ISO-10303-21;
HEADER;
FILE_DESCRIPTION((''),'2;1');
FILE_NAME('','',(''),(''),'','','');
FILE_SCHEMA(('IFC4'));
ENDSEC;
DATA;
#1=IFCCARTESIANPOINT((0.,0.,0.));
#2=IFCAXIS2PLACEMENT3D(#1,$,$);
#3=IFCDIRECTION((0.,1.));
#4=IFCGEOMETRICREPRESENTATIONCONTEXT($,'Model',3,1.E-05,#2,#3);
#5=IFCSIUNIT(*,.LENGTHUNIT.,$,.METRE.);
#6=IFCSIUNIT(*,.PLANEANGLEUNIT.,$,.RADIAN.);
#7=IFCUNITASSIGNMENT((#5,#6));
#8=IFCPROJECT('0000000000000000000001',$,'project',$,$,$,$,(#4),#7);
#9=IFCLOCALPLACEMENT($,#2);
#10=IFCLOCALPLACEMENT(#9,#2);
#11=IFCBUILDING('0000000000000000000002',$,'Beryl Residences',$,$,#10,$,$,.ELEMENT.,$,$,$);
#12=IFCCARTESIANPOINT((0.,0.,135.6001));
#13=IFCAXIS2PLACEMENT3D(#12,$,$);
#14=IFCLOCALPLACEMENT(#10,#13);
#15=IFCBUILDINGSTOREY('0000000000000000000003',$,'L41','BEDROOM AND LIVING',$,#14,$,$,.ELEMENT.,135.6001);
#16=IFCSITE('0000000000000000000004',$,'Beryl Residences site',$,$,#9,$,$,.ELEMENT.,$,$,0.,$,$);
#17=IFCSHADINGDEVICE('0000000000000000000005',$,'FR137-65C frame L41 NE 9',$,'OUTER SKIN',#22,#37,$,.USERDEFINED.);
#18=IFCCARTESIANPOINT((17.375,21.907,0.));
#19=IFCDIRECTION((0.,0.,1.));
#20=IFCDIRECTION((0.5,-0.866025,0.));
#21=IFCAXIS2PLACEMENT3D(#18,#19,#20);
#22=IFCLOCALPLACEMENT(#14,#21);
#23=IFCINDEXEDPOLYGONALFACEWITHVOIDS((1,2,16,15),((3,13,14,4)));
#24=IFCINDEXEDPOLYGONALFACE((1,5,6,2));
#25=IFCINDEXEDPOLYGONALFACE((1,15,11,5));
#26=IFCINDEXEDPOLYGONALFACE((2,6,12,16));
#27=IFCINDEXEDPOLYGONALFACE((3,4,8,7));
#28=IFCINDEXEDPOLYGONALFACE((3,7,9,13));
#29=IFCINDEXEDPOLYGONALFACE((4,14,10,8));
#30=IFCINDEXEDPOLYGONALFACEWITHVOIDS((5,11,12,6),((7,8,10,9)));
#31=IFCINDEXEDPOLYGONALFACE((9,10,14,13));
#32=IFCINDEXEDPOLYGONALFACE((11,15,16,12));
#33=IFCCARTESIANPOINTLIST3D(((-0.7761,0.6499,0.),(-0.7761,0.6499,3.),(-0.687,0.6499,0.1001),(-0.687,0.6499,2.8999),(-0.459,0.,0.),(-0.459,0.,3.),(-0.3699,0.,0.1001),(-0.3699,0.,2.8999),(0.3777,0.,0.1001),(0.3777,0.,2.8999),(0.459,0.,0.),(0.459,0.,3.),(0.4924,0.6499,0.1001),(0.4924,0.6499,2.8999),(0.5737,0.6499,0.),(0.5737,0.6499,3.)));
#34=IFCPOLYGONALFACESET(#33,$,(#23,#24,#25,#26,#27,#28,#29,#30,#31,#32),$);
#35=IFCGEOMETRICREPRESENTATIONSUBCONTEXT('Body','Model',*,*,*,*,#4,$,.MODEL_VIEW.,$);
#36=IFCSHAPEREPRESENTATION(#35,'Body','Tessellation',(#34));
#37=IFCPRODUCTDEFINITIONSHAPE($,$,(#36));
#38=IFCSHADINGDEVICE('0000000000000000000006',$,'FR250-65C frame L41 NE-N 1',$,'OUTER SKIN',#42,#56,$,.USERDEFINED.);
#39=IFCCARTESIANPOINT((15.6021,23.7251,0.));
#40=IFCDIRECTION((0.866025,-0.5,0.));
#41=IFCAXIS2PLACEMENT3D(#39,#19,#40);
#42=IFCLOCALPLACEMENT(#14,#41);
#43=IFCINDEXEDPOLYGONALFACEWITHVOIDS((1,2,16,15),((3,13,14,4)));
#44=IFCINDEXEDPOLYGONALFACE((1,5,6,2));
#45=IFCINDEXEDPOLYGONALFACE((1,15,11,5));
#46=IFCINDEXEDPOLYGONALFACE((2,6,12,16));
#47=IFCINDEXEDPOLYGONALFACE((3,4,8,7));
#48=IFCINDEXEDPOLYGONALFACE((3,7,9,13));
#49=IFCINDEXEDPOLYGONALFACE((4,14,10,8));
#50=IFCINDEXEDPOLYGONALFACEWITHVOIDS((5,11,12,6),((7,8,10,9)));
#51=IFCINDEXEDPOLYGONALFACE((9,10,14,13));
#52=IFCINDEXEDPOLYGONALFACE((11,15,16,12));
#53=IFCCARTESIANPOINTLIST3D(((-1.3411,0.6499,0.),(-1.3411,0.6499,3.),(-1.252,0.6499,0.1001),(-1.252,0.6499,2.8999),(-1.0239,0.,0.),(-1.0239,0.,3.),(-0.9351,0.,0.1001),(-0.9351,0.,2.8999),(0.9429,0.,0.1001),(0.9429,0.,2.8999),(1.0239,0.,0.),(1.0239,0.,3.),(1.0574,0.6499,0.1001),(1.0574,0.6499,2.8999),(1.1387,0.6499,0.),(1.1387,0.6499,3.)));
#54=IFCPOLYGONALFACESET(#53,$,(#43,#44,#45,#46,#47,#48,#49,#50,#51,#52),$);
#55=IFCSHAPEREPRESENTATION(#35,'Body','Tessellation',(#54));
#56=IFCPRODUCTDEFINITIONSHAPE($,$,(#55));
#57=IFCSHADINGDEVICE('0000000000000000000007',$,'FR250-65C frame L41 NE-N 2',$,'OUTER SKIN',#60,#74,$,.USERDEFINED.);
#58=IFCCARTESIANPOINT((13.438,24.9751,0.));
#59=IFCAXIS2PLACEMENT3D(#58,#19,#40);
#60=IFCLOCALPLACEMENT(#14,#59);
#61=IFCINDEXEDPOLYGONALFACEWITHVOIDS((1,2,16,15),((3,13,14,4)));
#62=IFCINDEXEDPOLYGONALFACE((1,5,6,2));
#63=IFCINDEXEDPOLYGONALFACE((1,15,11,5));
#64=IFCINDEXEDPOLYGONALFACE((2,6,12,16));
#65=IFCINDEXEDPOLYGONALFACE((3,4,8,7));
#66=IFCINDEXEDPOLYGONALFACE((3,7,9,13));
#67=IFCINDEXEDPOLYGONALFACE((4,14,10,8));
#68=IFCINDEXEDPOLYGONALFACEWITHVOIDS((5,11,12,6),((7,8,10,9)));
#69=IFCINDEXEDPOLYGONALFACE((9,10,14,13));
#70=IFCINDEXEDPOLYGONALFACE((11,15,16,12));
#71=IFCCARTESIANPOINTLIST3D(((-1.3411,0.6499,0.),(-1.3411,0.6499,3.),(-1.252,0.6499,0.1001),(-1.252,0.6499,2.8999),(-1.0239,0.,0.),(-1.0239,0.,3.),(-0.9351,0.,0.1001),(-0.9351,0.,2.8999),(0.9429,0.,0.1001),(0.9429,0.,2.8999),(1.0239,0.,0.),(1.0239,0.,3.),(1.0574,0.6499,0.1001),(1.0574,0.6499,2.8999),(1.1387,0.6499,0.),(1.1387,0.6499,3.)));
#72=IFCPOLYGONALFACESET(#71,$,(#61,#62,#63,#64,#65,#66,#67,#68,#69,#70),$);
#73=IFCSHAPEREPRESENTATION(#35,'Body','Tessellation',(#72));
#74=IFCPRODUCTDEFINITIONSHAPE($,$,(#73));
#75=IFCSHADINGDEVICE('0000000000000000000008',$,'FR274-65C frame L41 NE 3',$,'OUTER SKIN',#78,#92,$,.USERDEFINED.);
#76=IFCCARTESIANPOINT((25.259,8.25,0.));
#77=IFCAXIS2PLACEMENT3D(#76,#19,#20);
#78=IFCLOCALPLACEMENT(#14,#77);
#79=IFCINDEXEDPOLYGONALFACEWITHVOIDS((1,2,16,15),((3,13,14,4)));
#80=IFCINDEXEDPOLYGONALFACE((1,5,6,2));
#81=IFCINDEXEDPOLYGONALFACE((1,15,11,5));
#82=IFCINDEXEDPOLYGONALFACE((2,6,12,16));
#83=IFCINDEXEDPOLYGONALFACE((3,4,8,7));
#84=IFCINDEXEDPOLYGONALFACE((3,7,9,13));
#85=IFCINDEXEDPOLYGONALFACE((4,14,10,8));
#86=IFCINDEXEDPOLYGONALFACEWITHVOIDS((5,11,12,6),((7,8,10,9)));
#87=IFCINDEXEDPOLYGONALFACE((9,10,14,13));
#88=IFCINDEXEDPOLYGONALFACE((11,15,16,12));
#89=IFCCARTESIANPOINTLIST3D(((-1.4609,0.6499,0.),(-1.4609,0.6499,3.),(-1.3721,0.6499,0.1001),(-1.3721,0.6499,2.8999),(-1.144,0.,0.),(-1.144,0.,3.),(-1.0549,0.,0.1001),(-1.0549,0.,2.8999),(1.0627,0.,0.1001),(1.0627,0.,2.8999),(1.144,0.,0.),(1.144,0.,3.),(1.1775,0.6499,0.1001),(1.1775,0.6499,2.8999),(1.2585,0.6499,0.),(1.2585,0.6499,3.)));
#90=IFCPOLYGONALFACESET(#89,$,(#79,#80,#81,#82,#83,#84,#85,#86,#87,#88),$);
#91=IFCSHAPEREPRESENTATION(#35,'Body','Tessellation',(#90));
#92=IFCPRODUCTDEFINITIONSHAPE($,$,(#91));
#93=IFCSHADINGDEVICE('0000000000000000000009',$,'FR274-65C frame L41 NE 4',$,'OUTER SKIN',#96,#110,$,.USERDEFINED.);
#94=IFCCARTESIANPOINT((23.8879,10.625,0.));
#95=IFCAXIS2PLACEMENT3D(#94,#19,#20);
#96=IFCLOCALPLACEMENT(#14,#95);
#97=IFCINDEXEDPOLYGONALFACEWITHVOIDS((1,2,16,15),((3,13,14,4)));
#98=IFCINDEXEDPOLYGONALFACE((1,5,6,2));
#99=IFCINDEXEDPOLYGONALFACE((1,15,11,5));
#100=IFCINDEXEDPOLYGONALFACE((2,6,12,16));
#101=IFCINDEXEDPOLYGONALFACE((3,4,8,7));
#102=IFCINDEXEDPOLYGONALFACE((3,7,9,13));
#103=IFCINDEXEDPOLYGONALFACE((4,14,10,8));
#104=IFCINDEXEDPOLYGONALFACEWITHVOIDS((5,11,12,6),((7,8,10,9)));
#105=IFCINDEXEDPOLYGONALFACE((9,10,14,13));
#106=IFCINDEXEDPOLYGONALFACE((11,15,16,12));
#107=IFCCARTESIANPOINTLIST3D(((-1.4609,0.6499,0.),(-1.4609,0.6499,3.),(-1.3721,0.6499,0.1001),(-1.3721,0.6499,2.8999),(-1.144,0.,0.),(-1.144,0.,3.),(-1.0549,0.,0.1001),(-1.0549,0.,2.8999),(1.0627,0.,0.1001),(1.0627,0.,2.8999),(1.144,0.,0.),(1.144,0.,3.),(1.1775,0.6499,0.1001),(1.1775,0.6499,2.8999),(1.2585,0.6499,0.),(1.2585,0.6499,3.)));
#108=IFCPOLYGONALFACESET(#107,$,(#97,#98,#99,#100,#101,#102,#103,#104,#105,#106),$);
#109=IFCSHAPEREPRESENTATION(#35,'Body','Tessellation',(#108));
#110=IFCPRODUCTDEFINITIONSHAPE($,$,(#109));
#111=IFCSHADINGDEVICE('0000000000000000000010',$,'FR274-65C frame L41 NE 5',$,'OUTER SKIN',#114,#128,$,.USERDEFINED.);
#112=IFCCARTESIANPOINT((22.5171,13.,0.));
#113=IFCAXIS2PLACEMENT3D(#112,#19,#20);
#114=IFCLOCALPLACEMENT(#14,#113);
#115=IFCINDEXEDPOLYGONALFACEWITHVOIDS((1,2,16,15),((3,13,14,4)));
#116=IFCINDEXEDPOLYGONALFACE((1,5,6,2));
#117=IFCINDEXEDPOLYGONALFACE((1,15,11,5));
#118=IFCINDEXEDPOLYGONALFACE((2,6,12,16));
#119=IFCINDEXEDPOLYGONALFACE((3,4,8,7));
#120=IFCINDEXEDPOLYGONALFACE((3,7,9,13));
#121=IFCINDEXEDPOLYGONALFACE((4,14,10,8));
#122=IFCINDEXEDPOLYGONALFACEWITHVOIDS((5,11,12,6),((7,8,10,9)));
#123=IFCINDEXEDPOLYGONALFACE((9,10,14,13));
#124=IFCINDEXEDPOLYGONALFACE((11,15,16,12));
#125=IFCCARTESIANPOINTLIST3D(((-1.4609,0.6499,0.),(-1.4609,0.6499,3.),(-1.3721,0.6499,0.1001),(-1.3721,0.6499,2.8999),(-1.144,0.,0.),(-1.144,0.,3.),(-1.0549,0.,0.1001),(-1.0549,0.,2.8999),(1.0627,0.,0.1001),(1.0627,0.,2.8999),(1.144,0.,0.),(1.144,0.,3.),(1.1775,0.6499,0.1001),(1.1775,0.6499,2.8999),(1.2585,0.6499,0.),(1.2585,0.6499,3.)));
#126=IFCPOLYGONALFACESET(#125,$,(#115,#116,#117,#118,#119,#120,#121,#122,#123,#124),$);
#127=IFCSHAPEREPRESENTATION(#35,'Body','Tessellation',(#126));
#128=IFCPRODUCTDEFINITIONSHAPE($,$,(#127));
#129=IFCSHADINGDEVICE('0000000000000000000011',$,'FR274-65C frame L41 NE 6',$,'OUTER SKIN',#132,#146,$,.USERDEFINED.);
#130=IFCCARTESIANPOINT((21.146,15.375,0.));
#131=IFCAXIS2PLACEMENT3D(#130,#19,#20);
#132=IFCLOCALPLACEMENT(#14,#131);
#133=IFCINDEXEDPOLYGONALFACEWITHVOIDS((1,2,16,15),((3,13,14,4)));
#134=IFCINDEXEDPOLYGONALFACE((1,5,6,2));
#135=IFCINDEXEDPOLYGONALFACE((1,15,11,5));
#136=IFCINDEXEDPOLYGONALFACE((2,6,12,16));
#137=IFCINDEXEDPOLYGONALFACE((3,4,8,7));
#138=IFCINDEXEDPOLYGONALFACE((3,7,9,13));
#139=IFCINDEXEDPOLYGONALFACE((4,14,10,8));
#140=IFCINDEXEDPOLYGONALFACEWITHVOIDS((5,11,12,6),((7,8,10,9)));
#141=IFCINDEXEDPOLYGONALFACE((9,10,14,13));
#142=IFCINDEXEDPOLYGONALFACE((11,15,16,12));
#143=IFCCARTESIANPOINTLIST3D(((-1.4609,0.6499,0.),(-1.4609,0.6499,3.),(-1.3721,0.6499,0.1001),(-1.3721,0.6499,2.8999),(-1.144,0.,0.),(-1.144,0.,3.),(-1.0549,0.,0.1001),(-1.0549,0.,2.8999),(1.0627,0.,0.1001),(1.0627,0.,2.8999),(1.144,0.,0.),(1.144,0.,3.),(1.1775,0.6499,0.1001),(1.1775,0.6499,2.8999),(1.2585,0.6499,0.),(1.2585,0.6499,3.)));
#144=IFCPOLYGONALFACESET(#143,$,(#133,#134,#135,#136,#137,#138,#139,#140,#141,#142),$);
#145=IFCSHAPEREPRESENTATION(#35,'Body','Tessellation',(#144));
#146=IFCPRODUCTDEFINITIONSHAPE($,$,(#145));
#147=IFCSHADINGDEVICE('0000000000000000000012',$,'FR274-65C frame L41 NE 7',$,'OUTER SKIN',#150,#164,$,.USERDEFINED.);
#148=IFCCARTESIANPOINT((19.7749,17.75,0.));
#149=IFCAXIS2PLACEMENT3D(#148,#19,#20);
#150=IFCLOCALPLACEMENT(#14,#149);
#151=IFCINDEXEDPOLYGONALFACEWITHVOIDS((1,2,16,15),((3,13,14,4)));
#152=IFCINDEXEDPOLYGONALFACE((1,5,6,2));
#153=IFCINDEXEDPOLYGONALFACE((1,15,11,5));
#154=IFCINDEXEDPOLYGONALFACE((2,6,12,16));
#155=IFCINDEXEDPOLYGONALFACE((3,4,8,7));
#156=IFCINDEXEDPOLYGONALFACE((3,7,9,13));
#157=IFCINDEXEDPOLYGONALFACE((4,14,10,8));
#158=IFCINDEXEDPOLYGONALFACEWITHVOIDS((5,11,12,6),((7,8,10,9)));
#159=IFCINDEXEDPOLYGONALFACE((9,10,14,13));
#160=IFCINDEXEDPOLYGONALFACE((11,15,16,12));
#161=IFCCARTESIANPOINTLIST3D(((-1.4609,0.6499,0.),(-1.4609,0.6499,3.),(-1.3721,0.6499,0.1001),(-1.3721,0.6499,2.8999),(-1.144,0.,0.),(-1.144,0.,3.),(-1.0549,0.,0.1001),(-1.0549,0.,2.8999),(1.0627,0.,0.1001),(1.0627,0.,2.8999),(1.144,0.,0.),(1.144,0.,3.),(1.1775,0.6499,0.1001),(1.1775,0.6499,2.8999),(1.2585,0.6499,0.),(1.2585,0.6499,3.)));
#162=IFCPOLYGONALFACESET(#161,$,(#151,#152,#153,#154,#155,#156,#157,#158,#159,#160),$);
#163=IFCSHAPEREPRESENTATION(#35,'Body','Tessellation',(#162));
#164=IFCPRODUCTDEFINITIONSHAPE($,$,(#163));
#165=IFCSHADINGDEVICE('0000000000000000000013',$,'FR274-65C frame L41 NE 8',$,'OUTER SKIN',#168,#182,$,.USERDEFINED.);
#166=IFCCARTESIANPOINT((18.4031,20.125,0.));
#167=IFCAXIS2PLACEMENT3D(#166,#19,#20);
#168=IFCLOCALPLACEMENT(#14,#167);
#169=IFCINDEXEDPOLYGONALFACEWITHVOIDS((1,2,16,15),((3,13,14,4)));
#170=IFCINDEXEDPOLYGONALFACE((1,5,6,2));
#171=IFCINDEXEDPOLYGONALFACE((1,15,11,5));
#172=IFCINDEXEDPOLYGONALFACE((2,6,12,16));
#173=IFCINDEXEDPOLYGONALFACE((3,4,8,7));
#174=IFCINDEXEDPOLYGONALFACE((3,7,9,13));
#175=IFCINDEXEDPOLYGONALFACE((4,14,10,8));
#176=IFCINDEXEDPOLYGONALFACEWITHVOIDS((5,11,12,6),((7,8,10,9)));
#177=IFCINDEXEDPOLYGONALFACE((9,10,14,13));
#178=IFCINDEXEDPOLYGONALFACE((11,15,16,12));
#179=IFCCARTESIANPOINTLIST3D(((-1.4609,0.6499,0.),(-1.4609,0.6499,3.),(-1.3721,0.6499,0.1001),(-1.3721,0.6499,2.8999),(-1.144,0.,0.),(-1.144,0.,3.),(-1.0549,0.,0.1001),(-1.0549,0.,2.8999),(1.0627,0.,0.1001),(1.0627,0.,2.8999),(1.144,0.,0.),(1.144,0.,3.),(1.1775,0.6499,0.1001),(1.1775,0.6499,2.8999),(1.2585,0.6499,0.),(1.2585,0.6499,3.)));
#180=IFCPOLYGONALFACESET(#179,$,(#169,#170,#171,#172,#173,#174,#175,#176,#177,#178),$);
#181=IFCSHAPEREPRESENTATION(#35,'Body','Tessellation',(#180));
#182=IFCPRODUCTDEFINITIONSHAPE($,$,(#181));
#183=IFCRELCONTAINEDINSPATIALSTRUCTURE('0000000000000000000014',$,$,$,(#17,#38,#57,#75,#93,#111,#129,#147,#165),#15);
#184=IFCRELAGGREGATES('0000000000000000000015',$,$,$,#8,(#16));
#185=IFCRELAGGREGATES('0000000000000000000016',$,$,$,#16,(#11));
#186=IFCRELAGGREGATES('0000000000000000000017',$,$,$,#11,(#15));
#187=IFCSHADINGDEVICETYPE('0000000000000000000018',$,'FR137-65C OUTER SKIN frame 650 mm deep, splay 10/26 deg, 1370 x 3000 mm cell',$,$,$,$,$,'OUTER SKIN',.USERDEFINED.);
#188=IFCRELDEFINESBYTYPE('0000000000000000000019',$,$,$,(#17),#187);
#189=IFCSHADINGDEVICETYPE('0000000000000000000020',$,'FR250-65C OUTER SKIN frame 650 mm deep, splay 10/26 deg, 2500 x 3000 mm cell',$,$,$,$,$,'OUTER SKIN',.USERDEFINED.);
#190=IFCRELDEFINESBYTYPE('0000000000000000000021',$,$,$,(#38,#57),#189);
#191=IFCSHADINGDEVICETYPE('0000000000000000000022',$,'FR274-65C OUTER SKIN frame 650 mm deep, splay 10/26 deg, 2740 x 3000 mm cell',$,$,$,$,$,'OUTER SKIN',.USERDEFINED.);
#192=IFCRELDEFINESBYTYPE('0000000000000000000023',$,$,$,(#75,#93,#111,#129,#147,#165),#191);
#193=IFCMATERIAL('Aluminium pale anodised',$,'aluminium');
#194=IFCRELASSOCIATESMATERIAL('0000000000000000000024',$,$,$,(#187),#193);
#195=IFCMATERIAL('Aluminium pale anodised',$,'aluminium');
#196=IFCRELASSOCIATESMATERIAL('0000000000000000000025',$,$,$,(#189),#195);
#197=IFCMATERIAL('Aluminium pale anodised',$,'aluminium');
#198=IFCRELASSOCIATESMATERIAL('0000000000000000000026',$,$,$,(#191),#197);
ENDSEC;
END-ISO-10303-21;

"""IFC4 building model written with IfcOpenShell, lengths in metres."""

from ifc_helpers import new_model, entity, si_unit, direction, frame, origin, place, context, subcontext, project, spatial, source, transform, mapped, material, type_object, type_shapes, element, save


model = new_model("IFC4")

# Units and contexts
model_context = context("Model", 3, precision=1e-05, world=origin(), true_north=direction((0.0, 1.0)))
body_context = subcontext(model_context, "Body", "Model", "MODEL_VIEW")
ifc_project = project(units=[si_unit("LENGTHUNIT", "METRE"), si_unit("PLANEANGLEUNIT", "RADIAN")], contexts=[model_context])

# Site, building, storey
site_placement = place(None, origin())
site = spatial("IfcSite", under=ifc_project, at=site_placement, Name="Beryl Residences site", CompositionType="ELEMENT", RefElevation=0.0)
building_placement = place(site_placement, origin())
building = spatial("IfcBuilding", under=site, at=building_placement, Name="Beryl Residences", CompositionType="ELEMENT")
storey_placement = place(building_placement, frame((0.0, 0.0, 135.6001)))
storey = spatial("IfcBuildingStorey", under=building, at=storey_placement, Name="L41", Description="BEDROOM AND LIVING", CompositionType="ELEMENT", Elevation=135.6001)

# Shading devices
ifc_material_1 = material(Name="Aluminium pale anodised", Category="aluminium")
shading_device_type_1 = type_object("IfcShadingDeviceType", Name="FR137-65C OUTER SKIN frame 650 mm deep, splay 10/26 deg, 1370 x 3000 mm cell", ElementType="OUTER SKIN", PredefinedType="USERDEFINED", material=ifc_material_1)
cartesian_point_1 = entity("IfcCartesianPoint", [-0.459, 0.0])
cartesian_point_2 = entity("IfcCartesianPoint", [-0.3777, 0.1001])
cartesian_point_3 = entity("IfcCartesianPoint", [-0.5737, 0.0])
cartesian_point_4 = entity("IfcCartesianPoint", [-0.4924, 0.1001])
shared_shape_1 = source(origin(), body_context, "Body", "SweptSolid", [
    entity("IfcExtrudedAreaSolidTapered", entity("IfcArbitraryProfileDefWithVoids", "AREA", None, entity("IfcPolyline", [cartesian_point_1, entity("IfcCartesianPoint", [0.459, 0.0]), entity("IfcCartesianPoint", [0.459, 3.0]), entity("IfcCartesianPoint", [-0.459, 3.0]), cartesian_point_1]), [entity("IfcPolyline", [cartesian_point_2, entity("IfcCartesianPoint", [0.3699, 0.1001]), entity("IfcCartesianPoint", [0.3699, 2.8999]), entity("IfcCartesianPoint", [-0.3777, 2.8999]), cartesian_point_2])]), entity("IfcAxis2Placement3D", entity("IfcCartesianPoint", [0.0, 0.0, 0.0]), entity("IfcDirection", [0.0, 1.0, 0.0]), entity("IfcDirection", [-1.0, 0.0, 0.0])), entity("IfcDirection", [0.0, 0.0, 1.0]), 0.6499, entity("IfcArbitraryProfileDefWithVoids", "AREA", None, entity("IfcPolyline", [cartesian_point_3, entity("IfcCartesianPoint", [0.7761, 0.0]), entity("IfcCartesianPoint", [0.7761, 3.0]), entity("IfcCartesianPoint", [-0.5737, 3.0]), cartesian_point_3]), [entity("IfcPolyline", [cartesian_point_4, entity("IfcCartesianPoint", [0.687, 0.1001]), entity("IfcCartesianPoint", [0.687, 2.8999]), entity("IfcCartesianPoint", [-0.4924, 2.8999]), cartesian_point_4])])),
])
type_shapes(shading_device_type_1, [shared_shape_1])
shading_device_placement = place(storey_placement, frame((17.375, 21.907, 0.0), z_axis=(0.0, 0.0, 1.0), x_axis=(0.5, -0.866025, 0.0)))
element("IfcShadingDevice", 1, at=shading_device_placement, inside=storey, type_object=shading_device_type_1, Name="FR137-65C frame L41 NE 9", ObjectType="OUTER SKIN", PredefinedType="USERDEFINED", context=body_context, shape_type="MappedRepresentation", body=[
    mapped(shared_shape_1, transform((0.0, 0.0, 0.0))),
])
ifc_material_2 = material(Name="Aluminium pale anodised", Category="aluminium")
shading_device_type_2 = type_object("IfcShadingDeviceType", Name="FR250-65C OUTER SKIN frame 650 mm deep, splay 10/26 deg, 2500 x 3000 mm cell", ElementType="OUTER SKIN", PredefinedType="USERDEFINED", material=ifc_material_2)
cartesian_point_5 = entity("IfcCartesianPoint", [-1.0239, 0.0])
cartesian_point_6 = entity("IfcCartesianPoint", [-0.9429, 0.1001])
cartesian_point_7 = entity("IfcCartesianPoint", [-1.1387, 0.0])
cartesian_point_8 = entity("IfcCartesianPoint", [-1.0574, 0.1001])
shared_shape_2 = source(origin(), body_context, "Body", "SweptSolid", [
    entity("IfcExtrudedAreaSolidTapered", entity("IfcArbitraryProfileDefWithVoids", "AREA", None, entity("IfcPolyline", [cartesian_point_5, entity("IfcCartesianPoint", [1.0239, 0.0]), entity("IfcCartesianPoint", [1.0239, 3.0]), entity("IfcCartesianPoint", [-1.0239, 3.0]), cartesian_point_5]), [entity("IfcPolyline", [cartesian_point_6, entity("IfcCartesianPoint", [0.9351, 0.1001]), entity("IfcCartesianPoint", [0.9351, 2.8999]), entity("IfcCartesianPoint", [-0.9429, 2.8999]), cartesian_point_6])]), entity("IfcAxis2Placement3D", entity("IfcCartesianPoint", [0.0, 0.0, 0.0]), entity("IfcDirection", [0.0, 1.0, 0.0]), entity("IfcDirection", [-1.0, 0.0, 0.0])), entity("IfcDirection", [0.0, 0.0, 1.0]), 0.6499, entity("IfcArbitraryProfileDefWithVoids", "AREA", None, entity("IfcPolyline", [cartesian_point_7, entity("IfcCartesianPoint", [1.3411, 0.0]), entity("IfcCartesianPoint", [1.3411, 3.0]), entity("IfcCartesianPoint", [-1.1387, 3.0]), cartesian_point_7]), [entity("IfcPolyline", [cartesian_point_8, entity("IfcCartesianPoint", [1.252, 0.1001]), entity("IfcCartesianPoint", [1.252, 2.8999]), entity("IfcCartesianPoint", [-1.0574, 2.8999]), cartesian_point_8])])),
])
type_shapes(shading_device_type_2, [shared_shape_2])
for number, where, z_axis, x_axis, name in (
    (2, (15.6021, 23.7251, 0.0), (0.0, 0.0, 1.0), (0.866025, -0.5, 0.0), "FR250-65C frame L41 NE-N 1"),
    (3, (13.438, 24.9751, 0.0), (0.0, 0.0, 1.0), (0.866025, -0.5, 0.0), "FR250-65C frame L41 NE-N 2"),
):
    element("IfcShadingDevice", number, at=place(storey_placement, frame(where, z_axis=z_axis, x_axis=x_axis)), inside=storey, type_object=shading_device_type_2, Name=name, ObjectType="OUTER SKIN", PredefinedType="USERDEFINED", context=body_context, shape_type="MappedRepresentation", body=[
        mapped(shared_shape_2, transform((0.0, 0.0, 0.0))),
    ])
ifc_material_3 = material(Name="Aluminium pale anodised", Category="aluminium")
shading_device_type_3 = type_object("IfcShadingDeviceType", Name="FR274-65C OUTER SKIN frame 650 mm deep, splay 10/26 deg, 2740 x 3000 mm cell", ElementType="OUTER SKIN", PredefinedType="USERDEFINED", material=ifc_material_3)
cartesian_point_9 = entity("IfcCartesianPoint", [-1.144, 0.0])
cartesian_point_10 = entity("IfcCartesianPoint", [-1.0627, 0.1001])
cartesian_point_11 = entity("IfcCartesianPoint", [-1.2585, 0.0])
cartesian_point_12 = entity("IfcCartesianPoint", [-1.1775, 0.1001])
shared_shape_3 = source(origin(), body_context, "Body", "SweptSolid", [
    entity("IfcExtrudedAreaSolidTapered", entity("IfcArbitraryProfileDefWithVoids", "AREA", None, entity("IfcPolyline", [cartesian_point_9, entity("IfcCartesianPoint", [1.144, 0.0]), entity("IfcCartesianPoint", [1.144, 3.0]), entity("IfcCartesianPoint", [-1.144, 3.0]), cartesian_point_9]), [entity("IfcPolyline", [cartesian_point_10, entity("IfcCartesianPoint", [1.0549, 0.1001]), entity("IfcCartesianPoint", [1.0549, 2.8999]), entity("IfcCartesianPoint", [-1.0627, 2.8999]), cartesian_point_10])]), entity("IfcAxis2Placement3D", entity("IfcCartesianPoint", [0.0, 0.0, 0.0]), entity("IfcDirection", [0.0, 1.0, 0.0]), entity("IfcDirection", [-1.0, 0.0, 0.0])), entity("IfcDirection", [0.0, 0.0, 1.0]), 0.6499, entity("IfcArbitraryProfileDefWithVoids", "AREA", None, entity("IfcPolyline", [cartesian_point_11, entity("IfcCartesianPoint", [1.4609, 0.0]), entity("IfcCartesianPoint", [1.4609, 3.0]), entity("IfcCartesianPoint", [-1.2585, 3.0]), cartesian_point_11]), [entity("IfcPolyline", [cartesian_point_12, entity("IfcCartesianPoint", [1.3721, 0.1001]), entity("IfcCartesianPoint", [1.3721, 2.8999]), entity("IfcCartesianPoint", [-1.1775, 2.8999]), cartesian_point_12])])),
])
type_shapes(shading_device_type_3, [shared_shape_3])
for number, where, z_axis, x_axis, name in (
    (4, (25.259, 8.25, 0.0), (0.0, 0.0, 1.0), (0.5, -0.866025, 0.0), "FR274-65C frame L41 NE 3"),
    (5, (23.8879, 10.625, 0.0), (0.0, 0.0, 1.0), (0.5, -0.866025, 0.0), "FR274-65C frame L41 NE 4"),
    (6, (22.5171, 13.0, 0.0), (0.0, 0.0, 1.0), (0.5, -0.866025, 0.0), "FR274-65C frame L41 NE 5"),
    (7, (21.146, 15.375, 0.0), (0.0, 0.0, 1.0), (0.5, -0.866025, 0.0), "FR274-65C frame L41 NE 6"),
    (8, (19.7749, 17.75, 0.0), (0.0, 0.0, 1.0), (0.5, -0.866025, 0.0), "FR274-65C frame L41 NE 7"),
    (9, (18.4031, 20.125, 0.0), (0.0, 0.0, 1.0), (0.5, -0.866025, 0.0), "FR274-65C frame L41 NE 8"),
):
    element("IfcShadingDevice", number, at=place(storey_placement, frame(where, z_axis=z_axis, x_axis=x_axis)), inside=storey, type_object=shading_device_type_3, Name=name, ObjectType="OUTER SKIN", PredefinedType="USERDEFINED", context=body_context, shape_type="MappedRepresentation", body=[
        mapped(shared_shape_3, transform((0.0, 0.0, 0.0))),
    ])

save(model, "model.ifc")
